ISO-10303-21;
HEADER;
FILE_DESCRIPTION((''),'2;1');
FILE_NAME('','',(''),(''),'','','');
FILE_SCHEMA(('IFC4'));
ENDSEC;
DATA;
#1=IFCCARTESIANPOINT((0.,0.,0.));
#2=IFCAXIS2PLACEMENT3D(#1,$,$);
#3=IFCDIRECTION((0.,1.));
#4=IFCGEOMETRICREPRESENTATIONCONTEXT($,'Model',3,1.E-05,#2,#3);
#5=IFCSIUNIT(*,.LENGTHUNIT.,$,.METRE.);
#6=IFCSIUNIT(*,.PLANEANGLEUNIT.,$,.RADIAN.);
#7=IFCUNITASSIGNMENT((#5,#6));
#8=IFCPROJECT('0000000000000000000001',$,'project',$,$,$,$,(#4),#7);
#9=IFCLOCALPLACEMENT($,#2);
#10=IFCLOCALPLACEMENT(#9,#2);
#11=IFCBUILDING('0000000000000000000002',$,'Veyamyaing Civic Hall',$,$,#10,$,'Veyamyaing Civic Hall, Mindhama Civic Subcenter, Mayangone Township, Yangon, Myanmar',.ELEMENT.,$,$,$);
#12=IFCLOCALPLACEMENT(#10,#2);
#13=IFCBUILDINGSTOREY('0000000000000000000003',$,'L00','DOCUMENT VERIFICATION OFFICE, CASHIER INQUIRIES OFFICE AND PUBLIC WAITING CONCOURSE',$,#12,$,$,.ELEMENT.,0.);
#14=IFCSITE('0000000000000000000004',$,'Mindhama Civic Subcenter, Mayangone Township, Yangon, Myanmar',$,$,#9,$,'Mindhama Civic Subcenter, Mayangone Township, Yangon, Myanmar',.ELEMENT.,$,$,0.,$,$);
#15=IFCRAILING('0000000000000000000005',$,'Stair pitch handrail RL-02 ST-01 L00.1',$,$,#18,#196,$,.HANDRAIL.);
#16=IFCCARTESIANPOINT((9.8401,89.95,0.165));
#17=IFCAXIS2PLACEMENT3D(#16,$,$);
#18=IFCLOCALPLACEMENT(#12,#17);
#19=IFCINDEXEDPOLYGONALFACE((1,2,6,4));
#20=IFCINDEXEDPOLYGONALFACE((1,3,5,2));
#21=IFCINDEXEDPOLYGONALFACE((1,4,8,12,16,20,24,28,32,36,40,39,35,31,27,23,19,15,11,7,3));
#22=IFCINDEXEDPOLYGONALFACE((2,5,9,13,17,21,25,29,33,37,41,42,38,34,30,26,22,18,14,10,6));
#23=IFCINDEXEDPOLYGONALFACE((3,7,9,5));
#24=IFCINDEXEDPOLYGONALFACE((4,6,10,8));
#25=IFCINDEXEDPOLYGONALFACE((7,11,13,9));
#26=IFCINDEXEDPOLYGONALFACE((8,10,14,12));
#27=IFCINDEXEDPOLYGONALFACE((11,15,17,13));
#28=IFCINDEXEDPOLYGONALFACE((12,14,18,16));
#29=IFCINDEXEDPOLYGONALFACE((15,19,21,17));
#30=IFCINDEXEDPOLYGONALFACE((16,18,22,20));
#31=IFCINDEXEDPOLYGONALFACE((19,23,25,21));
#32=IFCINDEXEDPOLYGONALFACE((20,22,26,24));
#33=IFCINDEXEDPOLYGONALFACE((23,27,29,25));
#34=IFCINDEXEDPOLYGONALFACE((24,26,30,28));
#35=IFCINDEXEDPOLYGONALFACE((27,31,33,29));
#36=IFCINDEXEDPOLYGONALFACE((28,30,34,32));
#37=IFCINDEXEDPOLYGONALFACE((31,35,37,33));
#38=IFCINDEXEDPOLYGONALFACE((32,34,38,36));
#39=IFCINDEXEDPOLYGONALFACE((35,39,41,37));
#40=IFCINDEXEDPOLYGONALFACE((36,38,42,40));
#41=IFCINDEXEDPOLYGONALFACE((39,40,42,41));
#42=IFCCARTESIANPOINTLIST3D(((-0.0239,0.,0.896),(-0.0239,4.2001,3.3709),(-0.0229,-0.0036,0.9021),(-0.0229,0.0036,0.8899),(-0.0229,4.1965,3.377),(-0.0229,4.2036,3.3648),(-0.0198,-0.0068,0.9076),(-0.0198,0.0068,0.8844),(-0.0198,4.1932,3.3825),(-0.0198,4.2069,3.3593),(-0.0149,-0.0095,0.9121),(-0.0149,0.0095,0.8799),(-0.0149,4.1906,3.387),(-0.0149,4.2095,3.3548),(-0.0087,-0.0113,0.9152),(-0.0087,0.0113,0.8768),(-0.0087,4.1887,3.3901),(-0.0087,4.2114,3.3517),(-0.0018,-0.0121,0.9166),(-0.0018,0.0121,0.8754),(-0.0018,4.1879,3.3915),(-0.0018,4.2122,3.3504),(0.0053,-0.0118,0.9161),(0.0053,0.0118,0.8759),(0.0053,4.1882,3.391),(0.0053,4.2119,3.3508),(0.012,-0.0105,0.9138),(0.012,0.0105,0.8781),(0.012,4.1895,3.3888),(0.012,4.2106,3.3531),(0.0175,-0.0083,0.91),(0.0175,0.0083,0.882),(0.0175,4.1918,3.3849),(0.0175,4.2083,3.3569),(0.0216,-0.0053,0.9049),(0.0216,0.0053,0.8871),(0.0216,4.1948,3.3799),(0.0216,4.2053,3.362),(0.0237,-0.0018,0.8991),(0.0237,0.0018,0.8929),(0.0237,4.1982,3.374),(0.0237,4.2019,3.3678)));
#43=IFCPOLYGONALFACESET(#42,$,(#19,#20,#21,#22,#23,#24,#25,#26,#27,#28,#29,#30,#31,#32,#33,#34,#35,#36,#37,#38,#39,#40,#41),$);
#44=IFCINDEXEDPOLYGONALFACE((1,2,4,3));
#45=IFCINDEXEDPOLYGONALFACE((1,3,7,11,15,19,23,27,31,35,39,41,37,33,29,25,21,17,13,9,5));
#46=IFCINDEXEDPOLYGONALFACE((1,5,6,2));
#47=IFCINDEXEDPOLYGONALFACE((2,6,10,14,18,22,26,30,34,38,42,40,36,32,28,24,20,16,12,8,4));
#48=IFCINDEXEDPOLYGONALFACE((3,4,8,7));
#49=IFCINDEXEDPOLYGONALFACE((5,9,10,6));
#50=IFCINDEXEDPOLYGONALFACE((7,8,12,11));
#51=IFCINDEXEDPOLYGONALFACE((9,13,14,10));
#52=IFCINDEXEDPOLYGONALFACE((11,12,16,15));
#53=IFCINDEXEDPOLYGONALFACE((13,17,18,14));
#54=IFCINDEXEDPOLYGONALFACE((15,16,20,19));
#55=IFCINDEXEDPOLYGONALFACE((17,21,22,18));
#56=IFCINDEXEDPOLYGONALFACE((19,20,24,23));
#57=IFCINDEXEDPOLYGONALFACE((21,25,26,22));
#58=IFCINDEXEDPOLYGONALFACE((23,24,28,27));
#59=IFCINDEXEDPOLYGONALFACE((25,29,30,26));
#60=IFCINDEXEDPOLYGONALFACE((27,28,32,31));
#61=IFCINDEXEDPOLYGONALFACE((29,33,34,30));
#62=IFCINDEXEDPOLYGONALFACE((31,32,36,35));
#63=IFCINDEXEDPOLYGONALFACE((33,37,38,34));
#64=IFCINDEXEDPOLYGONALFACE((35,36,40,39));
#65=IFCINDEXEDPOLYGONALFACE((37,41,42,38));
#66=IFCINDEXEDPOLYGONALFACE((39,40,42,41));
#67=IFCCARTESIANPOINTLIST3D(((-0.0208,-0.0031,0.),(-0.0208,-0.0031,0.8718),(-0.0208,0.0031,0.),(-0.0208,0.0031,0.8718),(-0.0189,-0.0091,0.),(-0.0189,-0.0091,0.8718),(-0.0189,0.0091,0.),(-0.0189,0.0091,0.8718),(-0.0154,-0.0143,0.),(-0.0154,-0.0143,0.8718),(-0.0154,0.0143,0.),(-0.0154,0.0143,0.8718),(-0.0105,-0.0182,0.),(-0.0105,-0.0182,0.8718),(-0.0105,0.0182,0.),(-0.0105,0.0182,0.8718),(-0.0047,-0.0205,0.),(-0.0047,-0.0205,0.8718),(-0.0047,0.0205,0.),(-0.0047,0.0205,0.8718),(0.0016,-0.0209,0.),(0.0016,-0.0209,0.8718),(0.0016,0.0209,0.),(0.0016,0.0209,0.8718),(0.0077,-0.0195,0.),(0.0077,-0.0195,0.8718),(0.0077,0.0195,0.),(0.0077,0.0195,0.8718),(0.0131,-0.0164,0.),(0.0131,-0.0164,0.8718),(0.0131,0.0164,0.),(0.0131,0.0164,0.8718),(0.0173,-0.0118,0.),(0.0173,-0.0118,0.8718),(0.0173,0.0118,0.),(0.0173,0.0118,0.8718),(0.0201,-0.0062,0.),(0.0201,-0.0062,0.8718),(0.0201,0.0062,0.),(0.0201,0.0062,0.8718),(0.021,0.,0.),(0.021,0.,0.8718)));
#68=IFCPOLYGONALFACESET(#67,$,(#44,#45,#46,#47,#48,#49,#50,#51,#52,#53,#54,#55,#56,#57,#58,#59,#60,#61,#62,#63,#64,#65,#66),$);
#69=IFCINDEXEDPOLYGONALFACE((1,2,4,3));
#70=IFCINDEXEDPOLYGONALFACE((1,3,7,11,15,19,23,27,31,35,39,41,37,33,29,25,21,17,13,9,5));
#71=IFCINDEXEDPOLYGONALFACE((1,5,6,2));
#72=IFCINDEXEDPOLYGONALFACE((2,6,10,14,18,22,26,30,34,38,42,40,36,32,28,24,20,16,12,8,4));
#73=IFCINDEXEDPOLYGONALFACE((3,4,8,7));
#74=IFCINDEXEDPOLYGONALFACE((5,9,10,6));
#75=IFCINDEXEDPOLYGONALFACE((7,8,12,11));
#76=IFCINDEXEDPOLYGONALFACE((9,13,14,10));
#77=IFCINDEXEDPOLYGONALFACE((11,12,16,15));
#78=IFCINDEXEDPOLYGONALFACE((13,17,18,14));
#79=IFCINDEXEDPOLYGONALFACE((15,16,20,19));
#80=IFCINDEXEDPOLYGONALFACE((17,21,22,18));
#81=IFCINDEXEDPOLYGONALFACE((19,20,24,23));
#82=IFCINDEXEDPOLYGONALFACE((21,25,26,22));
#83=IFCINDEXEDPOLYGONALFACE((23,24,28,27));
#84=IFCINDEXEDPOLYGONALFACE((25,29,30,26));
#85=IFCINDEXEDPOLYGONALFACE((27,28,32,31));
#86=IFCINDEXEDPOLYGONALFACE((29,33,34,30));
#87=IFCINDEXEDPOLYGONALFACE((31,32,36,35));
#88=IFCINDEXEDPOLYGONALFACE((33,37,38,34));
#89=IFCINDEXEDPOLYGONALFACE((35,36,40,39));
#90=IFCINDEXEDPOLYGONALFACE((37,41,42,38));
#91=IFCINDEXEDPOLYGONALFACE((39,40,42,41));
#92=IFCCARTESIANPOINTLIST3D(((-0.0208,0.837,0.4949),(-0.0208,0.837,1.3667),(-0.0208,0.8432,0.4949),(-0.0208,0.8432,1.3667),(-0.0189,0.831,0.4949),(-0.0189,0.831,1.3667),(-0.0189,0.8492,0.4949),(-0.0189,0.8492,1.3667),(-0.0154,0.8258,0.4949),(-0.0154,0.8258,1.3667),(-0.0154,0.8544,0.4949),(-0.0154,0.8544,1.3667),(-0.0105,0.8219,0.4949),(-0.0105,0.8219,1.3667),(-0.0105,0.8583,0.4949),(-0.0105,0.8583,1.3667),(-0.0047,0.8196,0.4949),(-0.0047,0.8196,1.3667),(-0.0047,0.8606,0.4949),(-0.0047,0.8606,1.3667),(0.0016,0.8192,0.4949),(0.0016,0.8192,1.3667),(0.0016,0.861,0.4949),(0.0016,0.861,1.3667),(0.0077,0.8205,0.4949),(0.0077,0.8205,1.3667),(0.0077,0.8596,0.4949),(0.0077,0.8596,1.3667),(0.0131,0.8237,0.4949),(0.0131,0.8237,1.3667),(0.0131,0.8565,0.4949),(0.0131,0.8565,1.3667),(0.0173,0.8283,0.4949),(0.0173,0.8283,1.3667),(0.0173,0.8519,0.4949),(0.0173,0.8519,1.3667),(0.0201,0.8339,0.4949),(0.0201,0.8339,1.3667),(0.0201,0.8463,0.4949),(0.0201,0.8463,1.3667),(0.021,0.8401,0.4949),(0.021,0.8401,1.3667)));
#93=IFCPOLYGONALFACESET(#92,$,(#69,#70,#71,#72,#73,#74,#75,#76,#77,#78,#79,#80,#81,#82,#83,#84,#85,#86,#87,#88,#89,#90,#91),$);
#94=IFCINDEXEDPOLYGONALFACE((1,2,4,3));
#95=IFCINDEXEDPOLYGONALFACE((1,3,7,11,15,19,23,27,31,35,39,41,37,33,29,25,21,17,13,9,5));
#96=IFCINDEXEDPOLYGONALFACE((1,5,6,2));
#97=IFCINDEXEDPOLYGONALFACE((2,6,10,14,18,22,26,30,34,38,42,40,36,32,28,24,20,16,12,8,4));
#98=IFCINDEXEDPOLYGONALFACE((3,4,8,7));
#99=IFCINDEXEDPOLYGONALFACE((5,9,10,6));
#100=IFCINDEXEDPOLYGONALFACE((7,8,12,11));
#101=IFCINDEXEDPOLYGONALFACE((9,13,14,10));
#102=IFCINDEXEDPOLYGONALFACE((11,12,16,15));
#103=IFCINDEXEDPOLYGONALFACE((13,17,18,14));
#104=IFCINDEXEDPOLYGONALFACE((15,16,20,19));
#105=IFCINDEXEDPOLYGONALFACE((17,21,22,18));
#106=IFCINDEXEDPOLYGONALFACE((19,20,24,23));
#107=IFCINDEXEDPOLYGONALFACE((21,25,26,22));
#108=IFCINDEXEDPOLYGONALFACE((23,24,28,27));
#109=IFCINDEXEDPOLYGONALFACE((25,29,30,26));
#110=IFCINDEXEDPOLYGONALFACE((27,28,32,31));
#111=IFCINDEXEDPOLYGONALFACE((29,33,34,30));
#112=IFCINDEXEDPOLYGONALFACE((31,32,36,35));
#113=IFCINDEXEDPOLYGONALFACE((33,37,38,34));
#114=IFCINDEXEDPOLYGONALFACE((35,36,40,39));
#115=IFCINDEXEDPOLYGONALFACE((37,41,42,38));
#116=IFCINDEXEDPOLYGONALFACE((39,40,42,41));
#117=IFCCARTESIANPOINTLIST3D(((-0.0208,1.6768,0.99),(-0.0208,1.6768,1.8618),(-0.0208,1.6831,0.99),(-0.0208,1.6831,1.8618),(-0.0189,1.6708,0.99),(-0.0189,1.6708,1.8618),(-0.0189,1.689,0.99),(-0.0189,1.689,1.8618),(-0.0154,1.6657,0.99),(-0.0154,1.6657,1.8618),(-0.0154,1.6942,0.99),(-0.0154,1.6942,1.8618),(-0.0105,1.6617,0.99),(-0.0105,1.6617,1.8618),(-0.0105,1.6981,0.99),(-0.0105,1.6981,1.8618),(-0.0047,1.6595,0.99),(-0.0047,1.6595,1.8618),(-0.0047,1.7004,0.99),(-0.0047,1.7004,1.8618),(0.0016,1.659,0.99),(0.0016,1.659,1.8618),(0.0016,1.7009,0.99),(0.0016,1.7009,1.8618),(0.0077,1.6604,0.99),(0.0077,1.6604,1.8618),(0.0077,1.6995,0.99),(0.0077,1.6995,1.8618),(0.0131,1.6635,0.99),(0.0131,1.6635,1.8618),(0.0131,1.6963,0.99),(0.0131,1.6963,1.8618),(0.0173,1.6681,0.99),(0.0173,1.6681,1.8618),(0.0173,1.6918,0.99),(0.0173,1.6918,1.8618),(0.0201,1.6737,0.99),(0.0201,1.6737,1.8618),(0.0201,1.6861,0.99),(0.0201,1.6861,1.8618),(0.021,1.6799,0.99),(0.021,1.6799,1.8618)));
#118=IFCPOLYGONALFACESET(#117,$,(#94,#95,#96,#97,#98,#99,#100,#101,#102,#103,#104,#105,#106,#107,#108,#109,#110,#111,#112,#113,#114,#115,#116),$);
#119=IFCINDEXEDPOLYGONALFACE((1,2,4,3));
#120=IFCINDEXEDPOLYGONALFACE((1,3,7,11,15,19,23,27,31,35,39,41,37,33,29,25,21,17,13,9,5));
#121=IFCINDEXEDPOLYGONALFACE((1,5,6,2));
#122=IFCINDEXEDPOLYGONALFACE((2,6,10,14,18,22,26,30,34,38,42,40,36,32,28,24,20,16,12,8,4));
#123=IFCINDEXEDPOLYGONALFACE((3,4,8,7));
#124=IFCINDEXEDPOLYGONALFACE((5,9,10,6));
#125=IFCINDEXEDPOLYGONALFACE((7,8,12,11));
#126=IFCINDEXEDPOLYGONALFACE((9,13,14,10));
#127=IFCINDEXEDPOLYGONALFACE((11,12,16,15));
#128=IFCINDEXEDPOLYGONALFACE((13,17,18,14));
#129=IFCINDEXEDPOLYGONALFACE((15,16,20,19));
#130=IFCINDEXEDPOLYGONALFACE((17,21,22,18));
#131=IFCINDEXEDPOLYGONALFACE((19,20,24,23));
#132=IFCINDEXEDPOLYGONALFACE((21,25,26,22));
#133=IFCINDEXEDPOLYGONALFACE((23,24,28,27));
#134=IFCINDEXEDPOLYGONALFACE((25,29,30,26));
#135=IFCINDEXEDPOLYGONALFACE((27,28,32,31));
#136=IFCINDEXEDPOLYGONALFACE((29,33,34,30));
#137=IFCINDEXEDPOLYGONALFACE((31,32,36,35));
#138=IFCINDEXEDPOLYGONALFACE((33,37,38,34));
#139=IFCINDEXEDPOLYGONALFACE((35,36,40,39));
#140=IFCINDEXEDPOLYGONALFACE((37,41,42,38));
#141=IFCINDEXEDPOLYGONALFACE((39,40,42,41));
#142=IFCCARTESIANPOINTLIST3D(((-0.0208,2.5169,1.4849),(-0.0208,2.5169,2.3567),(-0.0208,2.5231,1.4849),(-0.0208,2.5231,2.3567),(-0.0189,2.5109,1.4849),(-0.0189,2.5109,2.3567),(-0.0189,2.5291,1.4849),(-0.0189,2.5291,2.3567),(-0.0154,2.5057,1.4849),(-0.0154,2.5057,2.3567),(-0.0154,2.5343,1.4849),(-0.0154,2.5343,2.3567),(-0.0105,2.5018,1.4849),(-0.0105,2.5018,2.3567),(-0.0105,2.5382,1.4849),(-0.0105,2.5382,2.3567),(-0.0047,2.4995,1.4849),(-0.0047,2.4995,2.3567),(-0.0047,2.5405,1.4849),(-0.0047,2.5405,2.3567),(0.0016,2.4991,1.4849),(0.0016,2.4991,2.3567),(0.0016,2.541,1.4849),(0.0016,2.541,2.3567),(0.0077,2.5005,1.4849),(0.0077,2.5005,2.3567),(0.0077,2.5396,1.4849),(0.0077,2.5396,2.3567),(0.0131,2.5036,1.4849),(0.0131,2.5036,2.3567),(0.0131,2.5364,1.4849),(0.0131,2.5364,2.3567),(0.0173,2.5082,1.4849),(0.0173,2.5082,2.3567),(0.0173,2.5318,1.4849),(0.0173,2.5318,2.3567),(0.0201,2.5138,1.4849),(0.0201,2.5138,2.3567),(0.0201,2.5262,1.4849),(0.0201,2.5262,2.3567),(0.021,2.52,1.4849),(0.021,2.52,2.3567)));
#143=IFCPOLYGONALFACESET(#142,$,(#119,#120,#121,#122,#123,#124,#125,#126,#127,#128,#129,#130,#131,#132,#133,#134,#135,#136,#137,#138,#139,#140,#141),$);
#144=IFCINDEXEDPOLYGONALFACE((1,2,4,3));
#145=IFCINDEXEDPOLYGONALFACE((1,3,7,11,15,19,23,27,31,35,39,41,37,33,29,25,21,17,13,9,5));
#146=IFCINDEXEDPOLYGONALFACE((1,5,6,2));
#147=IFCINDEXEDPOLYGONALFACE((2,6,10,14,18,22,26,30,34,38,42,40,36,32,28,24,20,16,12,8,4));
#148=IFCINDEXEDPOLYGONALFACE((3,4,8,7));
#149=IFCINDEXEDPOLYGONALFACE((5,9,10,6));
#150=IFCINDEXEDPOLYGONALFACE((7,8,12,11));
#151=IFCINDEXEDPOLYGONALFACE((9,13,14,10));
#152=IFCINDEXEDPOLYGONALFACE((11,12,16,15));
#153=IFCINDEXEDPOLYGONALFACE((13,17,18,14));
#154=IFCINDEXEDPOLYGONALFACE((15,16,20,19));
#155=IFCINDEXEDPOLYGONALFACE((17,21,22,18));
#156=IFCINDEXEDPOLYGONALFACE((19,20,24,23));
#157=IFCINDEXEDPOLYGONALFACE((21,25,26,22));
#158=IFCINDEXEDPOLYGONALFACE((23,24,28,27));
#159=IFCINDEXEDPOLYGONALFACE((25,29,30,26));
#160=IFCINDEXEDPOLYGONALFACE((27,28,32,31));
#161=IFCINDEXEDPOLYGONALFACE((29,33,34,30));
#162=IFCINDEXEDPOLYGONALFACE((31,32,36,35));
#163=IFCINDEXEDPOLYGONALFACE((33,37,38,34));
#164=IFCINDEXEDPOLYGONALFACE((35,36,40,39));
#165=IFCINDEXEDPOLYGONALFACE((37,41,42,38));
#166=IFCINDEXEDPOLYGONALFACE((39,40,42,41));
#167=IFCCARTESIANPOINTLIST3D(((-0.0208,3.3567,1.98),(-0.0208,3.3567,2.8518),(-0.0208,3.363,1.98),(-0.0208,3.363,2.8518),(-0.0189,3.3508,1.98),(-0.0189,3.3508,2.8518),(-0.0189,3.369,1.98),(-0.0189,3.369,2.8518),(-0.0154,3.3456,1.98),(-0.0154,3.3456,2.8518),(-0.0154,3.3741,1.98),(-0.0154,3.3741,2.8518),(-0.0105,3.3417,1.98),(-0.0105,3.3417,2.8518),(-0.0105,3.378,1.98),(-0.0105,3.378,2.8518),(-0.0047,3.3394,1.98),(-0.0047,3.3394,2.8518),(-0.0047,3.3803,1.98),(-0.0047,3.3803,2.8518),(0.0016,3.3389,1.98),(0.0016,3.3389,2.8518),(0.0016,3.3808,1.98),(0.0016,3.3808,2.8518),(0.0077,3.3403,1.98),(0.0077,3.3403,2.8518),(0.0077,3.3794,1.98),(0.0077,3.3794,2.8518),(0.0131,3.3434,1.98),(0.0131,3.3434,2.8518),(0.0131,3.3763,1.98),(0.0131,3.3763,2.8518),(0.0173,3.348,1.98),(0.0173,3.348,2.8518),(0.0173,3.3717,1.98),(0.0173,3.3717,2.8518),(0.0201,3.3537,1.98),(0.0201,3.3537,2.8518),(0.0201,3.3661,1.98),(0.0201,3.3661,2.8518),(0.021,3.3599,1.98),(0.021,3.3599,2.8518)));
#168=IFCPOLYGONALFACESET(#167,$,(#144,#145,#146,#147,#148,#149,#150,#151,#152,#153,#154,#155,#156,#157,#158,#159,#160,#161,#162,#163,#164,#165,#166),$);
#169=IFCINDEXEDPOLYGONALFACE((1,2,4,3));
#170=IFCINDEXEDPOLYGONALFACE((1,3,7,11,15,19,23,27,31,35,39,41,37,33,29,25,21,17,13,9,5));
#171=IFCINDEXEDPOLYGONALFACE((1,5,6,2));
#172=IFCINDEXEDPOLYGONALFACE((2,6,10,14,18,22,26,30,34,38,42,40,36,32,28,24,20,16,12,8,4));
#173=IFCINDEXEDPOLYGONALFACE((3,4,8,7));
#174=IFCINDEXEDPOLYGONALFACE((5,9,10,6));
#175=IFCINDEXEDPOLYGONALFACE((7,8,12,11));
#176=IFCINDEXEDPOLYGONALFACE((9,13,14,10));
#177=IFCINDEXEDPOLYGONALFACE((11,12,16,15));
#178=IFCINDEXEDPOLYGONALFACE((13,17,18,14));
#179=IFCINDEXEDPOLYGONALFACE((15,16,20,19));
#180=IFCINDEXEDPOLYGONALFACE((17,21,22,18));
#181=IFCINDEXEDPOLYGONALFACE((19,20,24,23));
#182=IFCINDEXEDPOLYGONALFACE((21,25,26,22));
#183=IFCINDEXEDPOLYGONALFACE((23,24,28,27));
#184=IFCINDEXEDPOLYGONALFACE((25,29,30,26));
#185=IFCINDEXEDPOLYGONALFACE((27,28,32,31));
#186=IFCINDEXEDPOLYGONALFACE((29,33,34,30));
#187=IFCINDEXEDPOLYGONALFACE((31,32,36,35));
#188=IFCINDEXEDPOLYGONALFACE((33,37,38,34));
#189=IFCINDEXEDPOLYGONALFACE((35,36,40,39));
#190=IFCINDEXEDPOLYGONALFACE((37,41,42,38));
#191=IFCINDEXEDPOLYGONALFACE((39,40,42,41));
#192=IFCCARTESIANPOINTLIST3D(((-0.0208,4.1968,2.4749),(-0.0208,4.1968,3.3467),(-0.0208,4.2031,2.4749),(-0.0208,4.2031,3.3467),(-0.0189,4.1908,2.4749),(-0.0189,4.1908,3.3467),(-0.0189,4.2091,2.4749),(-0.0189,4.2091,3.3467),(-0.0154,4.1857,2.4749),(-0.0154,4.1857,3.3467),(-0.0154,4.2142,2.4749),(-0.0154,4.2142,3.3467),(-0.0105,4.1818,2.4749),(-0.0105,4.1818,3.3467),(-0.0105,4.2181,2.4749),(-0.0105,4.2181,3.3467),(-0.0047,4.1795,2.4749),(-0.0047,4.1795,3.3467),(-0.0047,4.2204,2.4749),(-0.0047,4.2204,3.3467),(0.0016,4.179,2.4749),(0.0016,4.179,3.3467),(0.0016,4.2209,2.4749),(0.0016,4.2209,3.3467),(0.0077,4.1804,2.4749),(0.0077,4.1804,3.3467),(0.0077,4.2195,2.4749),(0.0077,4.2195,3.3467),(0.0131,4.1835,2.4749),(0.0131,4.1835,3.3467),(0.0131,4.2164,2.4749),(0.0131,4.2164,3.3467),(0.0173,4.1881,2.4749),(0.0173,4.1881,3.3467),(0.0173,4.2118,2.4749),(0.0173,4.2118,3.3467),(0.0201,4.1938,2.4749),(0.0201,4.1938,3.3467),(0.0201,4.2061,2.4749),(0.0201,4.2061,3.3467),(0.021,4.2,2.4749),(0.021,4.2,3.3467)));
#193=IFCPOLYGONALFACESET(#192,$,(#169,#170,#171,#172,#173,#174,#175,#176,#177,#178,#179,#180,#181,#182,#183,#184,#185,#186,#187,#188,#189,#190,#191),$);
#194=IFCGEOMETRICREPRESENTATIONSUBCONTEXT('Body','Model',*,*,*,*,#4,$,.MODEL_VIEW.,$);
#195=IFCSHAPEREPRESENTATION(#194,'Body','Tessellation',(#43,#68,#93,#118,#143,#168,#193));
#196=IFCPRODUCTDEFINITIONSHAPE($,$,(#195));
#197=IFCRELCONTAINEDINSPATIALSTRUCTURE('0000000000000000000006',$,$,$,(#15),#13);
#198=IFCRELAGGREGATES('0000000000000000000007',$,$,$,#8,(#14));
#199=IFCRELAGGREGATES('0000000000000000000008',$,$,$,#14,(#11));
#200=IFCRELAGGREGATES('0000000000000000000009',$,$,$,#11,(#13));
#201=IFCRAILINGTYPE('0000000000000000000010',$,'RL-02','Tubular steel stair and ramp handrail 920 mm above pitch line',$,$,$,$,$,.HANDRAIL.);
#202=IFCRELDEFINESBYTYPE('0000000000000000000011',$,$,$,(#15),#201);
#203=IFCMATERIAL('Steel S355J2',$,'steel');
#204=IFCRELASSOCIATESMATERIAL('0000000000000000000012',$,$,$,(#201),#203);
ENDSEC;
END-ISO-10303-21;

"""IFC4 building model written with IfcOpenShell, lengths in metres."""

from ifc_helpers import new_model, si_unit, direction, frame, origin, origin_2d, place, context, subcontext, project, spatial, circle, extrude, material, type_object, element, save


model = new_model("IFC4")

# Units and contexts
model_context = context("Model", 3, precision=1e-05, world=origin(), true_north=direction((0.0, 1.0)))
body_context = subcontext(model_context, "Body", "Model", "MODEL_VIEW")
ifc_project = project(units=[si_unit("LENGTHUNIT", "METRE"), si_unit("PLANEANGLEUNIT", "RADIAN")], contexts=[model_context])

# Site, building, storey
site_placement = place(None, origin())
site = spatial("IfcSite", under=ifc_project, at=site_placement, Name="Mindhama Civic Subcenter, Mayangone Township, Yangon, Myanmar", LongName="Mindhama Civic Subcenter, Mayangone Township, Yangon, Myanmar", CompositionType="ELEMENT", RefElevation=0.0)
building_placement = place(site_placement, origin())
building = spatial("IfcBuilding", under=site, at=building_placement, Name="Veyamyaing Civic Hall", LongName="Veyamyaing Civic Hall, Mindhama Civic Subcenter, Mayangone Township, Yangon, Myanmar", CompositionType="ELEMENT")
storey_placement = place(building_placement, origin())
storey = spatial("IfcBuildingStorey", under=building, at=storey_placement, Name="L00", Description="DOCUMENT VERIFICATION OFFICE, CASHIER INQUIRIES OFFICE AND PUBLIC WAITING CONCOURSE", CompositionType="ELEMENT", Elevation=0.0)

# Railing
ifc_material_1 = material(Name="Steel S355J2", Category="steel")
railing_type_1 = type_object("IfcRailingType", Name="RL-02", Description="Tubular steel stair and ramp handrail 920 mm above pitch line", PredefinedType="HANDRAIL", material=ifc_material_1)
railing_1_placement = place(storey_placement, frame((9.8401, 89.95, 0.165)))
element("IfcRailing", 1, at=railing_1_placement, inside=storey, type_object=railing_type_1, Name="Stair pitch handrail RL-02 ST-01 L00.1", PredefinedType="HANDRAIL", context=body_context, shape_type="SweptSolid", body=[
    extrude(circle(Radius=0.0239, at=origin_2d()), frame((0.0, 0.0, 0.896), z_axis=(0.0, 0.861549, 0.507674), x_axis=(-1.0, 0.0, 0.0)), (0.0, 0.0, 1.0), 4.875),
    extrude(circle(Radius=0.021, at=origin_2d()), origin(), (0.0, 0.0, 1.0), 0.8718),
    extrude(circle(Radius=0.021, at=origin_2d()), frame((0.0, 0.8401, 0.4949)), (0.0, 0.0, 1.0), 0.8718),
    extrude(circle(Radius=0.021, at=origin_2d()), frame((0.0, 1.6799, 0.99)), (0.0, 0.0, 1.0), 0.8718),
    extrude(circle(Radius=0.021, at=origin_2d()), frame((0.0, 2.52, 1.4849)), (0.0, 0.0, 1.0), 0.8718),
    extrude(circle(Radius=0.021, at=origin_2d()), frame((0.0, 3.3599, 1.98)), (0.0, 0.0, 1.0), 0.8718),
    extrude(circle(Radius=0.021, at=origin_2d()), frame((0.0, 4.2, 2.4749)), (0.0, 0.0, 1.0), 0.8718),
])

save(model, "model.ifc")
